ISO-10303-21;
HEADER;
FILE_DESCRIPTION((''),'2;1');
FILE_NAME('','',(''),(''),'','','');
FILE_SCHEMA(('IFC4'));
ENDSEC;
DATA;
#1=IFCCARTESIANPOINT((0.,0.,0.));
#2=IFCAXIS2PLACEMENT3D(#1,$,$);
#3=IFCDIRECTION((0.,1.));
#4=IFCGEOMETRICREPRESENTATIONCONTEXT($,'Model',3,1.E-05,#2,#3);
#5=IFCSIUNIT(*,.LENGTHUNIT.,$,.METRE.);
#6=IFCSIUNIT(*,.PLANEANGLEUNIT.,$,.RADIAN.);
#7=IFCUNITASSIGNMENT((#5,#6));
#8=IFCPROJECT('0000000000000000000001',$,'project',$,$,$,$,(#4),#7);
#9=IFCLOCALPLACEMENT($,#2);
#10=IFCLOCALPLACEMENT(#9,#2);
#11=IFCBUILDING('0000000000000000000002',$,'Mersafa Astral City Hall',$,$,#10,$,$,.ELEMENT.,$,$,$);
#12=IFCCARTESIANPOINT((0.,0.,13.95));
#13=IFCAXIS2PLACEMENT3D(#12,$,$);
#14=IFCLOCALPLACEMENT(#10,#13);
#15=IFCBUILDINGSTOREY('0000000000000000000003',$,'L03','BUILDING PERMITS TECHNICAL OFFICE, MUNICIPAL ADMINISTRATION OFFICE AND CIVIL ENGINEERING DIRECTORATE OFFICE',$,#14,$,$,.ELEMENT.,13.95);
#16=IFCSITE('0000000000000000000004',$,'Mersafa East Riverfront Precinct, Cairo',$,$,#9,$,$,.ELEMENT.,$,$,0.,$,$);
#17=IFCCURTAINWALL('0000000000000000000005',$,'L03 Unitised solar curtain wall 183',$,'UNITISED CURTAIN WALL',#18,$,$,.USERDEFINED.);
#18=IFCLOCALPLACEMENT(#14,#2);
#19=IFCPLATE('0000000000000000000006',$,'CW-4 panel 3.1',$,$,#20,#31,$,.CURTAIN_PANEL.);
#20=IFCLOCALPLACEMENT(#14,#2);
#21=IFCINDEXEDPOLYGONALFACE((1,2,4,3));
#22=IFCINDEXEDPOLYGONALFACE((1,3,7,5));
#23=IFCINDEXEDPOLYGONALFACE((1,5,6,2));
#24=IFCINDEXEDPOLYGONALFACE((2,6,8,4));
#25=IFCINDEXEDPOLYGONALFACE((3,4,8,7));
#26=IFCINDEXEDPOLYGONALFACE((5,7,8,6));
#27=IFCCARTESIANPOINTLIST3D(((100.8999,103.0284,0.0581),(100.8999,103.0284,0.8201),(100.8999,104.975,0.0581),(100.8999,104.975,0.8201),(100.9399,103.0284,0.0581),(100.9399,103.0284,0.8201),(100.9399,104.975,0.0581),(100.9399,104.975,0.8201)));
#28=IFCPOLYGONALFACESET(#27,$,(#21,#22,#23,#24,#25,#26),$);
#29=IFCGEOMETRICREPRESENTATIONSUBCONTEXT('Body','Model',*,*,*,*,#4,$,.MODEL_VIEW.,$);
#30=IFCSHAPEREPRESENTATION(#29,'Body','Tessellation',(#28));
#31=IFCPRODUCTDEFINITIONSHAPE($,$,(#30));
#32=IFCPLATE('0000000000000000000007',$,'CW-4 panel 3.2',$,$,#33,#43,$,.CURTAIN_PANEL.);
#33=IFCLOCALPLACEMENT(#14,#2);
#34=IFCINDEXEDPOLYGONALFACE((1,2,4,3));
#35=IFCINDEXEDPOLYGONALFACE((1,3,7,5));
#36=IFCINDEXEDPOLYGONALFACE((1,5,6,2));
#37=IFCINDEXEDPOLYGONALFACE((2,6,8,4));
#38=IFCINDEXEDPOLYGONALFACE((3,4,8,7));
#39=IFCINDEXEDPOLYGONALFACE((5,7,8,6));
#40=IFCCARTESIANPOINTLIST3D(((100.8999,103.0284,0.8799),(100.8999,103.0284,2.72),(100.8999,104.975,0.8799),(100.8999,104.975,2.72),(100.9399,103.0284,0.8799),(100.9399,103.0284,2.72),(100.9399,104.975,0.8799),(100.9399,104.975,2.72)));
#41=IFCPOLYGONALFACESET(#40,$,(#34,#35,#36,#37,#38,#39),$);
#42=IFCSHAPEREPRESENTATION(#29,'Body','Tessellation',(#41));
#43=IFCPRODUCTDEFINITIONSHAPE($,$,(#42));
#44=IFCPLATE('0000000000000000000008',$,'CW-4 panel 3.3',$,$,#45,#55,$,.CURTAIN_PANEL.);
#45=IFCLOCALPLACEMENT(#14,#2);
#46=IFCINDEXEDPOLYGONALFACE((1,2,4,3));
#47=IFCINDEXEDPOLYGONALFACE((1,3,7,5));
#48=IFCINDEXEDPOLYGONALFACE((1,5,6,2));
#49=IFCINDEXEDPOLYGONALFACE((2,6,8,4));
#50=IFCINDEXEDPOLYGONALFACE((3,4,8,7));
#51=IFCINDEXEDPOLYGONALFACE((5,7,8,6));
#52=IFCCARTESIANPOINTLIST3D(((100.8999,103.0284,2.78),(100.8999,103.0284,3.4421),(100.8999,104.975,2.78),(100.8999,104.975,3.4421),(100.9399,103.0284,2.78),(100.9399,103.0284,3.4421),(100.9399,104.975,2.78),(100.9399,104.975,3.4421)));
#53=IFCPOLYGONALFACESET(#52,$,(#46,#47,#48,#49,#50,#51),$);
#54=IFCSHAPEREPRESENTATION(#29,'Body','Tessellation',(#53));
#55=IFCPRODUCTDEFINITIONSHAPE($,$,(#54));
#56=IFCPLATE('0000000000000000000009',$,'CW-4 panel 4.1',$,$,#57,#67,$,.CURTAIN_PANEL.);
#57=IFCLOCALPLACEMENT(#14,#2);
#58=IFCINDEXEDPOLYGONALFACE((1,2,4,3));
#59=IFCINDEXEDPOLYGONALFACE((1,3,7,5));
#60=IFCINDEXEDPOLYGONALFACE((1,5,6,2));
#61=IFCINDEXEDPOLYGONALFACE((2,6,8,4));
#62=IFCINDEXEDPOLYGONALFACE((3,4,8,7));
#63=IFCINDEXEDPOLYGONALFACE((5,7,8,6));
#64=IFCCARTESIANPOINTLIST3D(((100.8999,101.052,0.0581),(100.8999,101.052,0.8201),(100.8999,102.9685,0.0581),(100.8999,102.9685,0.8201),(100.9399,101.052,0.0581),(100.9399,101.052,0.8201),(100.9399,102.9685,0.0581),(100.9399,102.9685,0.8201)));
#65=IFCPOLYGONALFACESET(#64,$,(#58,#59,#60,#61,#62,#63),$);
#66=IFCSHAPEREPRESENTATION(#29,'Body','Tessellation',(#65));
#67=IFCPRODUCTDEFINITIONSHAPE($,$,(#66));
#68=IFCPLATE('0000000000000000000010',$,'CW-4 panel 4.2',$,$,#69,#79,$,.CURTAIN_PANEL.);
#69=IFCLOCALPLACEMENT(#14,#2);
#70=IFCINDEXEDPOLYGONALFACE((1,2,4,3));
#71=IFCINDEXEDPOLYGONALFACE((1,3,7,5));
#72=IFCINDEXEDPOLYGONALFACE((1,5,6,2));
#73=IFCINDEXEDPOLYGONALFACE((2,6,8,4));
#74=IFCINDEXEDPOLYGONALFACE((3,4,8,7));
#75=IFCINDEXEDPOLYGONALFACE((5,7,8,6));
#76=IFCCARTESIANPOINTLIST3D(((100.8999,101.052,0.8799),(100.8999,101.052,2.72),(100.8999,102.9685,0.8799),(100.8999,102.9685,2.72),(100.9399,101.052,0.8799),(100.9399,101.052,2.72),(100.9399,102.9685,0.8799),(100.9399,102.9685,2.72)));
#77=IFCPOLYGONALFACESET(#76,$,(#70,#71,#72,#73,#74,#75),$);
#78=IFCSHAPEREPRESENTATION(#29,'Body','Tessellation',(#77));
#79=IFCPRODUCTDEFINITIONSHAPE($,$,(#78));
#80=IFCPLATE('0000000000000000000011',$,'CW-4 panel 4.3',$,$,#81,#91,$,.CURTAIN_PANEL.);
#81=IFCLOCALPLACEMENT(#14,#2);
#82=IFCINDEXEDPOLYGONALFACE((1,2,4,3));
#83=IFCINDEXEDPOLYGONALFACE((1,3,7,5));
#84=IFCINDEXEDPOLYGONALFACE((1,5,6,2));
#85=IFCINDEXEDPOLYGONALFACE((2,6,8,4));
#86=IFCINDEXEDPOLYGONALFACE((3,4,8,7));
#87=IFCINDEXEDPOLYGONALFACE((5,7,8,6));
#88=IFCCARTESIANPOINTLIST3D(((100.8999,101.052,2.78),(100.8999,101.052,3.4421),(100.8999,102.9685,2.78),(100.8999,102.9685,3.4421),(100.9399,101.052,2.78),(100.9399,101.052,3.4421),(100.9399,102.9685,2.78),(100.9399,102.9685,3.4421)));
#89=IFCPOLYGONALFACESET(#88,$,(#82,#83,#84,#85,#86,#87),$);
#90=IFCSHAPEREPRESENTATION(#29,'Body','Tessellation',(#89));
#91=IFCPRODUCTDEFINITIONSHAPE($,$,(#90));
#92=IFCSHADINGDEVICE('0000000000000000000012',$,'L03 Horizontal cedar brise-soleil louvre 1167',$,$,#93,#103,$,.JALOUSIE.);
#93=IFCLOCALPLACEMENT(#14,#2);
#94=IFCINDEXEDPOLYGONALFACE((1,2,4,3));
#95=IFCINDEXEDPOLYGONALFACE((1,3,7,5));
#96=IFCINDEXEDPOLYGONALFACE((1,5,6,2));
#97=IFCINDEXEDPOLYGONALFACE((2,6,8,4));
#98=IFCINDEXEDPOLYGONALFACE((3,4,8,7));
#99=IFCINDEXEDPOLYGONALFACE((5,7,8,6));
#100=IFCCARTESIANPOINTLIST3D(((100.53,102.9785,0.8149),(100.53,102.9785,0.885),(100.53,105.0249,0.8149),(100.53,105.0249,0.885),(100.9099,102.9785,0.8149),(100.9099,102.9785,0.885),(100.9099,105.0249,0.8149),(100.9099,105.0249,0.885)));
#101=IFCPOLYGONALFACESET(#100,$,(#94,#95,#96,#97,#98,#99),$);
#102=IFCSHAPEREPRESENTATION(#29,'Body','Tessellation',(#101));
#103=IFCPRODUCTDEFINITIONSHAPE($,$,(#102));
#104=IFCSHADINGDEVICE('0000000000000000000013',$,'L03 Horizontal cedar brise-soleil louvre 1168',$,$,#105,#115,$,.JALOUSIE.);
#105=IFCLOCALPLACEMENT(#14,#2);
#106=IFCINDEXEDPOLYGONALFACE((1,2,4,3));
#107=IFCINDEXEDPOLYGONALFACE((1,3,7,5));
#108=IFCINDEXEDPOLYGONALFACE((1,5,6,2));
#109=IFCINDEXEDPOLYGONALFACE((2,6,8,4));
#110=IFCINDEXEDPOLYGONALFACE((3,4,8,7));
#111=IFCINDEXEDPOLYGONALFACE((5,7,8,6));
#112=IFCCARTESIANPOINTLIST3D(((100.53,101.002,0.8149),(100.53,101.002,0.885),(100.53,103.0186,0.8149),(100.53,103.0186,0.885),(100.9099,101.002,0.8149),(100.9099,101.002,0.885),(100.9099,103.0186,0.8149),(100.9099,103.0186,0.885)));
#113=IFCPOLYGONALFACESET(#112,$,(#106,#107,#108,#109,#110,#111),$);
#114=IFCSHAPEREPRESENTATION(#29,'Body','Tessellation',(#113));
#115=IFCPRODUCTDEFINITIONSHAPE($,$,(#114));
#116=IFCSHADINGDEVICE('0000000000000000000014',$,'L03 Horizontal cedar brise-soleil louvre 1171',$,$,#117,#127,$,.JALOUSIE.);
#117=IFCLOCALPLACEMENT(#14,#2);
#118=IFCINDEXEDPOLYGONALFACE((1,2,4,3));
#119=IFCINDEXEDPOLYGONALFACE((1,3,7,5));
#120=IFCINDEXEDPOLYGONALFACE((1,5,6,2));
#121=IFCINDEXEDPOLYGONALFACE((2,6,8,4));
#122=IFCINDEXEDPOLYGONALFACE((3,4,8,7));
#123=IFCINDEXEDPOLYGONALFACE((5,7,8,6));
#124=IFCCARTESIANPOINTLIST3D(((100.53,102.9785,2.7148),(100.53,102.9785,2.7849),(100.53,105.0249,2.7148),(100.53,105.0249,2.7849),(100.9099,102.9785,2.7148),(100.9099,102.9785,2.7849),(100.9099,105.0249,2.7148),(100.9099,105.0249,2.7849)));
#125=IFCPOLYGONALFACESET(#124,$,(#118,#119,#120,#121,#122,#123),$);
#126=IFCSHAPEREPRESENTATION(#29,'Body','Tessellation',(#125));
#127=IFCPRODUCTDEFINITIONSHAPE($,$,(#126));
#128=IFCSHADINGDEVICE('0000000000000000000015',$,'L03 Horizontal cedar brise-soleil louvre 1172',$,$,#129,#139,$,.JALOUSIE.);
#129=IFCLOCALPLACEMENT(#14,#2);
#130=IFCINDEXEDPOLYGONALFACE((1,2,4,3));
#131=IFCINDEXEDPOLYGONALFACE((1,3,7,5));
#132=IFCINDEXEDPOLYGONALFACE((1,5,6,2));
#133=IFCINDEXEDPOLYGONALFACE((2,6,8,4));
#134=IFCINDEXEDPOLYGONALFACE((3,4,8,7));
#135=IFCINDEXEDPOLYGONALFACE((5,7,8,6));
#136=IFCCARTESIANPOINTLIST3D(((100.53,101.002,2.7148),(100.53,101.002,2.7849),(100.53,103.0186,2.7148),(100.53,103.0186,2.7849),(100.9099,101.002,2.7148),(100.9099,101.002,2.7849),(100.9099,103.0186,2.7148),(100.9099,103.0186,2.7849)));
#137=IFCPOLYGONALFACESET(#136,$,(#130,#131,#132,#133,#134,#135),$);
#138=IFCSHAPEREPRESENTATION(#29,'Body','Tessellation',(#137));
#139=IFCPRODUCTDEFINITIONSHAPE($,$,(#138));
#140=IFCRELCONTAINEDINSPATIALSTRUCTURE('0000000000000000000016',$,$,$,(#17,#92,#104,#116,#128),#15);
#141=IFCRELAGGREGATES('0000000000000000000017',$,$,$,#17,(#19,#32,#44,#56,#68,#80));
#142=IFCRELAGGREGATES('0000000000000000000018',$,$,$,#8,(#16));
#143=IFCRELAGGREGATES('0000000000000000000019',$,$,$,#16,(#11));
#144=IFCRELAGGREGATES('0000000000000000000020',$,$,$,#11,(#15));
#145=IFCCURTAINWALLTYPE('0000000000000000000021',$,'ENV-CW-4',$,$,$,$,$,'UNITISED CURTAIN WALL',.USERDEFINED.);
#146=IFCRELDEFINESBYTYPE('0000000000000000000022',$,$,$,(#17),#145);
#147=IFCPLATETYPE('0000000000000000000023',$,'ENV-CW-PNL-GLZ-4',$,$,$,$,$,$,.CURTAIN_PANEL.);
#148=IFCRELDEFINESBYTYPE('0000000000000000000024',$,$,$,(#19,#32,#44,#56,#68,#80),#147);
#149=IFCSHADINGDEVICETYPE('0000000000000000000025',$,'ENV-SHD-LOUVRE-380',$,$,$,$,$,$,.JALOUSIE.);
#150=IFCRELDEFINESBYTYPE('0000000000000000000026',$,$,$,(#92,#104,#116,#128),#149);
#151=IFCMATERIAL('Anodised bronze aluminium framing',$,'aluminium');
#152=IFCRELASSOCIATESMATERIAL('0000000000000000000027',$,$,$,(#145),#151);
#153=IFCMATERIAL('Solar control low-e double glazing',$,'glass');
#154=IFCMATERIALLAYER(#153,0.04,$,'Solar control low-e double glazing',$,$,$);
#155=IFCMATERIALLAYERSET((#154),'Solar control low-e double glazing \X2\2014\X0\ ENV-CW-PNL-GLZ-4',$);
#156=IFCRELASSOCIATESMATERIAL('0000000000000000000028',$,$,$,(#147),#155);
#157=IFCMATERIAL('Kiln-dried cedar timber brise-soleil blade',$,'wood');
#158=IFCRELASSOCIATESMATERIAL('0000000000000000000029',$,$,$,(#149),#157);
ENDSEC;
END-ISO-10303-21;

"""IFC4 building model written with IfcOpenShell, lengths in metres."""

from ifc_helpers import new_model, si_unit, direction, frame, origin, origin_2d, place, context, subcontext, project, spatial, rectangle, extrude, material, layer, layer_set, type_object, element, aggregate, save


model = new_model("IFC4")

# Units and contexts
model_context = context("Model", 3, precision=1e-05, world=origin(), true_north=direction((0.0, 1.0)))
body_context = subcontext(model_context, "Body", "Model", "MODEL_VIEW")
ifc_project = project(units=[si_unit("LENGTHUNIT", "METRE"), si_unit("PLANEANGLEUNIT", "RADIAN")], contexts=[model_context])

# Site, building, storey
site_placement = place(None, origin())
site = spatial("IfcSite", under=ifc_project, at=site_placement, Name="Mersafa East Riverfront Precinct, Cairo", CompositionType="ELEMENT", RefElevation=0.0)
building_placement = place(site_placement, origin())
building = spatial("IfcBuilding", under=site, at=building_placement, Name="Mersafa Astral City Hall", CompositionType="ELEMENT")
storey_placement = place(building_placement, frame((0.0, 0.0, 13.95)))
storey = spatial("IfcBuildingStorey", under=building, at=storey_placement, Name="L03", Description="BUILDING PERMITS TECHNICAL OFFICE, MUNICIPAL ADMINISTRATION OFFICE AND CIVIL ENGINEERING DIRECTORATE OFFICE", CompositionType="ELEMENT", Elevation=13.95)

# Curtain wall, plates
ifc_material_1 = material(Name="Anodised bronze aluminium framing", Category="aluminium")
curtain_wall_type = type_object("IfcCurtainWallType", Name="ENV-CW-4", ElementType="UNITISED CURTAIN WALL", PredefinedType="USERDEFINED", material=ifc_material_1)
curtain_wall_placement = place(storey_placement, origin())
curtain_wall = element("IfcCurtainWall", 1, at=curtain_wall_placement, inside=storey, type_object=curtain_wall_type, Name="L03 Unitised solar curtain wall 183", ObjectType="UNITISED CURTAIN WALL", PredefinedType="USERDEFINED")
ifc_material_2 = material(Name="Solar control low-e double glazing", Category="glass")
ifc_layer = layer(ifc_material_2, 0.04, Name="Solar control low-e double glazing")
ifc_layer_set = layer_set([ifc_layer], Name="Solar control low-e double glazing — ENV-CW-PNL-GLZ-4")
plate_type = type_object("IfcPlateType", Name="ENV-CW-PNL-GLZ-4", PredefinedType="CURTAIN_PANEL", material=ifc_layer_set)
plate_1_placement = place(storey_placement, frame((100.9199, 104.0017, 0.0581), z_axis=(0.0, 0.0, 1.0), x_axis=(0.0, -1.0, 0.0)))
plate_1 = element("IfcPlate", 2, at=plate_1_placement, type_object=plate_type, Name="CW-4 panel 3.1", PredefinedType="CURTAIN_PANEL", context=body_context, shape_type="SweptSolid", body=[
    extrude(rectangle(XDim=1.9465, YDim=0.04, at=origin_2d()), origin(), (0.0, 0.0, 1.0), 0.762),
])
plate_2_placement = place(storey_placement, frame((100.9199, 104.0017, 0.8799), z_axis=(0.0, 0.0, 1.0), x_axis=(0.0, -1.0, 0.0)))
plate_2 = element("IfcPlate", 3, at=plate_2_placement, type_object=plate_type, Name="CW-4 panel 3.2", PredefinedType="CURTAIN_PANEL", context=body_context, shape_type="SweptSolid", body=[
    extrude(rectangle(XDim=1.9465, YDim=0.04, at=origin_2d()), origin(), (0.0, 0.0, 1.0), 1.8401),
])
plate_3_placement = place(storey_placement, frame((100.9199, 104.0017, 2.78), z_axis=(0.0, 0.0, 1.0), x_axis=(0.0, -1.0, 0.0)))
plate_3 = element("IfcPlate", 4, at=plate_3_placement, type_object=plate_type, Name="CW-4 panel 3.3", PredefinedType="CURTAIN_PANEL", context=body_context, shape_type="SweptSolid", body=[
    extrude(rectangle(XDim=1.9465, YDim=0.04, at=origin_2d()), origin(), (0.0, 0.0, 1.0), 0.6621),
])
plate_4_placement = place(storey_placement, frame((100.9199, 102.0103, 0.0581), z_axis=(0.0, 0.0, 1.0), x_axis=(0.0, -1.0, 0.0)))
plate_4 = element("IfcPlate", 5, at=plate_4_placement, type_object=plate_type, Name="CW-4 panel 4.1", PredefinedType="CURTAIN_PANEL", context=body_context, shape_type="SweptSolid", body=[
    extrude(rectangle(XDim=1.9165, YDim=0.04, at=origin_2d()), origin(), (0.0, 0.0, 1.0), 0.762),
])
plate_5_placement = place(storey_placement, frame((100.9199, 102.0103, 0.8799), z_axis=(0.0, 0.0, 1.0), x_axis=(0.0, -1.0, 0.0)))
plate_5 = element("IfcPlate", 6, at=plate_5_placement, type_object=plate_type, Name="CW-4 panel 4.2", PredefinedType="CURTAIN_PANEL", context=body_context, shape_type="SweptSolid", body=[
    extrude(rectangle(XDim=1.9165, YDim=0.04, at=origin_2d()), origin(), (0.0, 0.0, 1.0), 1.8401),
])
plate_6_placement = place(storey_placement, frame((100.9199, 102.0103, 2.78), z_axis=(0.0, 0.0, 1.0), x_axis=(0.0, -1.0, 0.0)))
plate_6 = element("IfcPlate", 7, at=plate_6_placement, type_object=plate_type, Name="CW-4 panel 4.3", PredefinedType="CURTAIN_PANEL", context=body_context, shape_type="SweptSolid", body=[
    extrude(rectangle(XDim=1.9165, YDim=0.04, at=origin_2d()), origin(), (0.0, 0.0, 1.0), 0.6621),
])
aggregate(curtain_wall, [plate_1, plate_2, plate_3, plate_4, plate_5, plate_6])

# Shading devices
ifc_material_3 = material(Name="Kiln-dried cedar timber brise-soleil blade", Category="wood")
shading_device_type = type_object("IfcShadingDeviceType", Name="ENV-SHD-LOUVRE-380", PredefinedType="JALOUSIE", material=ifc_material_3)
shading_device_1_placement = place(storey_placement, frame((100.72, 104.0017, 0.8149), z_axis=(0.0, 0.0, 1.0), x_axis=(0.0, -1.0, 0.0)))
element("IfcShadingDevice", 8, at=shading_device_1_placement, inside=storey, type_object=shading_device_type, Name="L03 Horizontal cedar brise-soleil louvre 1167", PredefinedType="JALOUSIE", context=body_context, shape_type="SweptSolid", body=[
    extrude(rectangle(XDim=2.0464, YDim=0.3799, at=origin_2d()), origin(), (0.0, 0.0, 1.0), 0.0701),
])
shading_device_2_placement = place(storey_placement, frame((100.72, 102.0103, 0.8149), z_axis=(0.0, 0.0, 1.0), x_axis=(0.0, -1.0, 0.0)))
element("IfcShadingDevice", 9, at=shading_device_2_placement, inside=storey, type_object=shading_device_type, Name="L03 Horizontal cedar brise-soleil louvre 1168", PredefinedType="JALOUSIE", context=body_context, shape_type="SweptSolid", body=[
    extrude(rectangle(XDim=2.0166, YDim=0.3799, at=origin_2d()), origin(), (0.0, 0.0, 1.0), 0.0701),
])
shading_device_3_placement = place(storey_placement, frame((100.72, 104.0017, 2.7148), z_axis=(0.0, 0.0, 1.0), x_axis=(0.0, -1.0, 0.0)))
element("IfcShadingDevice", 10, at=shading_device_3_placement, inside=storey, type_object=shading_device_type, Name="L03 Horizontal cedar brise-soleil louvre 1171", PredefinedType="JALOUSIE", context=body_context, shape_type="SweptSolid", body=[
    extrude(rectangle(XDim=2.0464, YDim=0.3799, at=origin_2d()), origin(), (0.0, 0.0, 1.0), 0.0701),
])
shading_device_4_placement = place(storey_placement, frame((100.72, 102.0103, 2.7148), z_axis=(0.0, 0.0, 1.0), x_axis=(0.0, -1.0, 0.0)))
element("IfcShadingDevice", 11, at=shading_device_4_placement, inside=storey, type_object=shading_device_type, Name="L03 Horizontal cedar brise-soleil louvre 1172", PredefinedType="JALOUSIE", context=body_context, shape_type="SweptSolid", body=[
    extrude(rectangle(XDim=2.0166, YDim=0.3799, at=origin_2d()), origin(), (0.0, 0.0, 1.0), 0.0701),
])

save(model, "model.ifc")
